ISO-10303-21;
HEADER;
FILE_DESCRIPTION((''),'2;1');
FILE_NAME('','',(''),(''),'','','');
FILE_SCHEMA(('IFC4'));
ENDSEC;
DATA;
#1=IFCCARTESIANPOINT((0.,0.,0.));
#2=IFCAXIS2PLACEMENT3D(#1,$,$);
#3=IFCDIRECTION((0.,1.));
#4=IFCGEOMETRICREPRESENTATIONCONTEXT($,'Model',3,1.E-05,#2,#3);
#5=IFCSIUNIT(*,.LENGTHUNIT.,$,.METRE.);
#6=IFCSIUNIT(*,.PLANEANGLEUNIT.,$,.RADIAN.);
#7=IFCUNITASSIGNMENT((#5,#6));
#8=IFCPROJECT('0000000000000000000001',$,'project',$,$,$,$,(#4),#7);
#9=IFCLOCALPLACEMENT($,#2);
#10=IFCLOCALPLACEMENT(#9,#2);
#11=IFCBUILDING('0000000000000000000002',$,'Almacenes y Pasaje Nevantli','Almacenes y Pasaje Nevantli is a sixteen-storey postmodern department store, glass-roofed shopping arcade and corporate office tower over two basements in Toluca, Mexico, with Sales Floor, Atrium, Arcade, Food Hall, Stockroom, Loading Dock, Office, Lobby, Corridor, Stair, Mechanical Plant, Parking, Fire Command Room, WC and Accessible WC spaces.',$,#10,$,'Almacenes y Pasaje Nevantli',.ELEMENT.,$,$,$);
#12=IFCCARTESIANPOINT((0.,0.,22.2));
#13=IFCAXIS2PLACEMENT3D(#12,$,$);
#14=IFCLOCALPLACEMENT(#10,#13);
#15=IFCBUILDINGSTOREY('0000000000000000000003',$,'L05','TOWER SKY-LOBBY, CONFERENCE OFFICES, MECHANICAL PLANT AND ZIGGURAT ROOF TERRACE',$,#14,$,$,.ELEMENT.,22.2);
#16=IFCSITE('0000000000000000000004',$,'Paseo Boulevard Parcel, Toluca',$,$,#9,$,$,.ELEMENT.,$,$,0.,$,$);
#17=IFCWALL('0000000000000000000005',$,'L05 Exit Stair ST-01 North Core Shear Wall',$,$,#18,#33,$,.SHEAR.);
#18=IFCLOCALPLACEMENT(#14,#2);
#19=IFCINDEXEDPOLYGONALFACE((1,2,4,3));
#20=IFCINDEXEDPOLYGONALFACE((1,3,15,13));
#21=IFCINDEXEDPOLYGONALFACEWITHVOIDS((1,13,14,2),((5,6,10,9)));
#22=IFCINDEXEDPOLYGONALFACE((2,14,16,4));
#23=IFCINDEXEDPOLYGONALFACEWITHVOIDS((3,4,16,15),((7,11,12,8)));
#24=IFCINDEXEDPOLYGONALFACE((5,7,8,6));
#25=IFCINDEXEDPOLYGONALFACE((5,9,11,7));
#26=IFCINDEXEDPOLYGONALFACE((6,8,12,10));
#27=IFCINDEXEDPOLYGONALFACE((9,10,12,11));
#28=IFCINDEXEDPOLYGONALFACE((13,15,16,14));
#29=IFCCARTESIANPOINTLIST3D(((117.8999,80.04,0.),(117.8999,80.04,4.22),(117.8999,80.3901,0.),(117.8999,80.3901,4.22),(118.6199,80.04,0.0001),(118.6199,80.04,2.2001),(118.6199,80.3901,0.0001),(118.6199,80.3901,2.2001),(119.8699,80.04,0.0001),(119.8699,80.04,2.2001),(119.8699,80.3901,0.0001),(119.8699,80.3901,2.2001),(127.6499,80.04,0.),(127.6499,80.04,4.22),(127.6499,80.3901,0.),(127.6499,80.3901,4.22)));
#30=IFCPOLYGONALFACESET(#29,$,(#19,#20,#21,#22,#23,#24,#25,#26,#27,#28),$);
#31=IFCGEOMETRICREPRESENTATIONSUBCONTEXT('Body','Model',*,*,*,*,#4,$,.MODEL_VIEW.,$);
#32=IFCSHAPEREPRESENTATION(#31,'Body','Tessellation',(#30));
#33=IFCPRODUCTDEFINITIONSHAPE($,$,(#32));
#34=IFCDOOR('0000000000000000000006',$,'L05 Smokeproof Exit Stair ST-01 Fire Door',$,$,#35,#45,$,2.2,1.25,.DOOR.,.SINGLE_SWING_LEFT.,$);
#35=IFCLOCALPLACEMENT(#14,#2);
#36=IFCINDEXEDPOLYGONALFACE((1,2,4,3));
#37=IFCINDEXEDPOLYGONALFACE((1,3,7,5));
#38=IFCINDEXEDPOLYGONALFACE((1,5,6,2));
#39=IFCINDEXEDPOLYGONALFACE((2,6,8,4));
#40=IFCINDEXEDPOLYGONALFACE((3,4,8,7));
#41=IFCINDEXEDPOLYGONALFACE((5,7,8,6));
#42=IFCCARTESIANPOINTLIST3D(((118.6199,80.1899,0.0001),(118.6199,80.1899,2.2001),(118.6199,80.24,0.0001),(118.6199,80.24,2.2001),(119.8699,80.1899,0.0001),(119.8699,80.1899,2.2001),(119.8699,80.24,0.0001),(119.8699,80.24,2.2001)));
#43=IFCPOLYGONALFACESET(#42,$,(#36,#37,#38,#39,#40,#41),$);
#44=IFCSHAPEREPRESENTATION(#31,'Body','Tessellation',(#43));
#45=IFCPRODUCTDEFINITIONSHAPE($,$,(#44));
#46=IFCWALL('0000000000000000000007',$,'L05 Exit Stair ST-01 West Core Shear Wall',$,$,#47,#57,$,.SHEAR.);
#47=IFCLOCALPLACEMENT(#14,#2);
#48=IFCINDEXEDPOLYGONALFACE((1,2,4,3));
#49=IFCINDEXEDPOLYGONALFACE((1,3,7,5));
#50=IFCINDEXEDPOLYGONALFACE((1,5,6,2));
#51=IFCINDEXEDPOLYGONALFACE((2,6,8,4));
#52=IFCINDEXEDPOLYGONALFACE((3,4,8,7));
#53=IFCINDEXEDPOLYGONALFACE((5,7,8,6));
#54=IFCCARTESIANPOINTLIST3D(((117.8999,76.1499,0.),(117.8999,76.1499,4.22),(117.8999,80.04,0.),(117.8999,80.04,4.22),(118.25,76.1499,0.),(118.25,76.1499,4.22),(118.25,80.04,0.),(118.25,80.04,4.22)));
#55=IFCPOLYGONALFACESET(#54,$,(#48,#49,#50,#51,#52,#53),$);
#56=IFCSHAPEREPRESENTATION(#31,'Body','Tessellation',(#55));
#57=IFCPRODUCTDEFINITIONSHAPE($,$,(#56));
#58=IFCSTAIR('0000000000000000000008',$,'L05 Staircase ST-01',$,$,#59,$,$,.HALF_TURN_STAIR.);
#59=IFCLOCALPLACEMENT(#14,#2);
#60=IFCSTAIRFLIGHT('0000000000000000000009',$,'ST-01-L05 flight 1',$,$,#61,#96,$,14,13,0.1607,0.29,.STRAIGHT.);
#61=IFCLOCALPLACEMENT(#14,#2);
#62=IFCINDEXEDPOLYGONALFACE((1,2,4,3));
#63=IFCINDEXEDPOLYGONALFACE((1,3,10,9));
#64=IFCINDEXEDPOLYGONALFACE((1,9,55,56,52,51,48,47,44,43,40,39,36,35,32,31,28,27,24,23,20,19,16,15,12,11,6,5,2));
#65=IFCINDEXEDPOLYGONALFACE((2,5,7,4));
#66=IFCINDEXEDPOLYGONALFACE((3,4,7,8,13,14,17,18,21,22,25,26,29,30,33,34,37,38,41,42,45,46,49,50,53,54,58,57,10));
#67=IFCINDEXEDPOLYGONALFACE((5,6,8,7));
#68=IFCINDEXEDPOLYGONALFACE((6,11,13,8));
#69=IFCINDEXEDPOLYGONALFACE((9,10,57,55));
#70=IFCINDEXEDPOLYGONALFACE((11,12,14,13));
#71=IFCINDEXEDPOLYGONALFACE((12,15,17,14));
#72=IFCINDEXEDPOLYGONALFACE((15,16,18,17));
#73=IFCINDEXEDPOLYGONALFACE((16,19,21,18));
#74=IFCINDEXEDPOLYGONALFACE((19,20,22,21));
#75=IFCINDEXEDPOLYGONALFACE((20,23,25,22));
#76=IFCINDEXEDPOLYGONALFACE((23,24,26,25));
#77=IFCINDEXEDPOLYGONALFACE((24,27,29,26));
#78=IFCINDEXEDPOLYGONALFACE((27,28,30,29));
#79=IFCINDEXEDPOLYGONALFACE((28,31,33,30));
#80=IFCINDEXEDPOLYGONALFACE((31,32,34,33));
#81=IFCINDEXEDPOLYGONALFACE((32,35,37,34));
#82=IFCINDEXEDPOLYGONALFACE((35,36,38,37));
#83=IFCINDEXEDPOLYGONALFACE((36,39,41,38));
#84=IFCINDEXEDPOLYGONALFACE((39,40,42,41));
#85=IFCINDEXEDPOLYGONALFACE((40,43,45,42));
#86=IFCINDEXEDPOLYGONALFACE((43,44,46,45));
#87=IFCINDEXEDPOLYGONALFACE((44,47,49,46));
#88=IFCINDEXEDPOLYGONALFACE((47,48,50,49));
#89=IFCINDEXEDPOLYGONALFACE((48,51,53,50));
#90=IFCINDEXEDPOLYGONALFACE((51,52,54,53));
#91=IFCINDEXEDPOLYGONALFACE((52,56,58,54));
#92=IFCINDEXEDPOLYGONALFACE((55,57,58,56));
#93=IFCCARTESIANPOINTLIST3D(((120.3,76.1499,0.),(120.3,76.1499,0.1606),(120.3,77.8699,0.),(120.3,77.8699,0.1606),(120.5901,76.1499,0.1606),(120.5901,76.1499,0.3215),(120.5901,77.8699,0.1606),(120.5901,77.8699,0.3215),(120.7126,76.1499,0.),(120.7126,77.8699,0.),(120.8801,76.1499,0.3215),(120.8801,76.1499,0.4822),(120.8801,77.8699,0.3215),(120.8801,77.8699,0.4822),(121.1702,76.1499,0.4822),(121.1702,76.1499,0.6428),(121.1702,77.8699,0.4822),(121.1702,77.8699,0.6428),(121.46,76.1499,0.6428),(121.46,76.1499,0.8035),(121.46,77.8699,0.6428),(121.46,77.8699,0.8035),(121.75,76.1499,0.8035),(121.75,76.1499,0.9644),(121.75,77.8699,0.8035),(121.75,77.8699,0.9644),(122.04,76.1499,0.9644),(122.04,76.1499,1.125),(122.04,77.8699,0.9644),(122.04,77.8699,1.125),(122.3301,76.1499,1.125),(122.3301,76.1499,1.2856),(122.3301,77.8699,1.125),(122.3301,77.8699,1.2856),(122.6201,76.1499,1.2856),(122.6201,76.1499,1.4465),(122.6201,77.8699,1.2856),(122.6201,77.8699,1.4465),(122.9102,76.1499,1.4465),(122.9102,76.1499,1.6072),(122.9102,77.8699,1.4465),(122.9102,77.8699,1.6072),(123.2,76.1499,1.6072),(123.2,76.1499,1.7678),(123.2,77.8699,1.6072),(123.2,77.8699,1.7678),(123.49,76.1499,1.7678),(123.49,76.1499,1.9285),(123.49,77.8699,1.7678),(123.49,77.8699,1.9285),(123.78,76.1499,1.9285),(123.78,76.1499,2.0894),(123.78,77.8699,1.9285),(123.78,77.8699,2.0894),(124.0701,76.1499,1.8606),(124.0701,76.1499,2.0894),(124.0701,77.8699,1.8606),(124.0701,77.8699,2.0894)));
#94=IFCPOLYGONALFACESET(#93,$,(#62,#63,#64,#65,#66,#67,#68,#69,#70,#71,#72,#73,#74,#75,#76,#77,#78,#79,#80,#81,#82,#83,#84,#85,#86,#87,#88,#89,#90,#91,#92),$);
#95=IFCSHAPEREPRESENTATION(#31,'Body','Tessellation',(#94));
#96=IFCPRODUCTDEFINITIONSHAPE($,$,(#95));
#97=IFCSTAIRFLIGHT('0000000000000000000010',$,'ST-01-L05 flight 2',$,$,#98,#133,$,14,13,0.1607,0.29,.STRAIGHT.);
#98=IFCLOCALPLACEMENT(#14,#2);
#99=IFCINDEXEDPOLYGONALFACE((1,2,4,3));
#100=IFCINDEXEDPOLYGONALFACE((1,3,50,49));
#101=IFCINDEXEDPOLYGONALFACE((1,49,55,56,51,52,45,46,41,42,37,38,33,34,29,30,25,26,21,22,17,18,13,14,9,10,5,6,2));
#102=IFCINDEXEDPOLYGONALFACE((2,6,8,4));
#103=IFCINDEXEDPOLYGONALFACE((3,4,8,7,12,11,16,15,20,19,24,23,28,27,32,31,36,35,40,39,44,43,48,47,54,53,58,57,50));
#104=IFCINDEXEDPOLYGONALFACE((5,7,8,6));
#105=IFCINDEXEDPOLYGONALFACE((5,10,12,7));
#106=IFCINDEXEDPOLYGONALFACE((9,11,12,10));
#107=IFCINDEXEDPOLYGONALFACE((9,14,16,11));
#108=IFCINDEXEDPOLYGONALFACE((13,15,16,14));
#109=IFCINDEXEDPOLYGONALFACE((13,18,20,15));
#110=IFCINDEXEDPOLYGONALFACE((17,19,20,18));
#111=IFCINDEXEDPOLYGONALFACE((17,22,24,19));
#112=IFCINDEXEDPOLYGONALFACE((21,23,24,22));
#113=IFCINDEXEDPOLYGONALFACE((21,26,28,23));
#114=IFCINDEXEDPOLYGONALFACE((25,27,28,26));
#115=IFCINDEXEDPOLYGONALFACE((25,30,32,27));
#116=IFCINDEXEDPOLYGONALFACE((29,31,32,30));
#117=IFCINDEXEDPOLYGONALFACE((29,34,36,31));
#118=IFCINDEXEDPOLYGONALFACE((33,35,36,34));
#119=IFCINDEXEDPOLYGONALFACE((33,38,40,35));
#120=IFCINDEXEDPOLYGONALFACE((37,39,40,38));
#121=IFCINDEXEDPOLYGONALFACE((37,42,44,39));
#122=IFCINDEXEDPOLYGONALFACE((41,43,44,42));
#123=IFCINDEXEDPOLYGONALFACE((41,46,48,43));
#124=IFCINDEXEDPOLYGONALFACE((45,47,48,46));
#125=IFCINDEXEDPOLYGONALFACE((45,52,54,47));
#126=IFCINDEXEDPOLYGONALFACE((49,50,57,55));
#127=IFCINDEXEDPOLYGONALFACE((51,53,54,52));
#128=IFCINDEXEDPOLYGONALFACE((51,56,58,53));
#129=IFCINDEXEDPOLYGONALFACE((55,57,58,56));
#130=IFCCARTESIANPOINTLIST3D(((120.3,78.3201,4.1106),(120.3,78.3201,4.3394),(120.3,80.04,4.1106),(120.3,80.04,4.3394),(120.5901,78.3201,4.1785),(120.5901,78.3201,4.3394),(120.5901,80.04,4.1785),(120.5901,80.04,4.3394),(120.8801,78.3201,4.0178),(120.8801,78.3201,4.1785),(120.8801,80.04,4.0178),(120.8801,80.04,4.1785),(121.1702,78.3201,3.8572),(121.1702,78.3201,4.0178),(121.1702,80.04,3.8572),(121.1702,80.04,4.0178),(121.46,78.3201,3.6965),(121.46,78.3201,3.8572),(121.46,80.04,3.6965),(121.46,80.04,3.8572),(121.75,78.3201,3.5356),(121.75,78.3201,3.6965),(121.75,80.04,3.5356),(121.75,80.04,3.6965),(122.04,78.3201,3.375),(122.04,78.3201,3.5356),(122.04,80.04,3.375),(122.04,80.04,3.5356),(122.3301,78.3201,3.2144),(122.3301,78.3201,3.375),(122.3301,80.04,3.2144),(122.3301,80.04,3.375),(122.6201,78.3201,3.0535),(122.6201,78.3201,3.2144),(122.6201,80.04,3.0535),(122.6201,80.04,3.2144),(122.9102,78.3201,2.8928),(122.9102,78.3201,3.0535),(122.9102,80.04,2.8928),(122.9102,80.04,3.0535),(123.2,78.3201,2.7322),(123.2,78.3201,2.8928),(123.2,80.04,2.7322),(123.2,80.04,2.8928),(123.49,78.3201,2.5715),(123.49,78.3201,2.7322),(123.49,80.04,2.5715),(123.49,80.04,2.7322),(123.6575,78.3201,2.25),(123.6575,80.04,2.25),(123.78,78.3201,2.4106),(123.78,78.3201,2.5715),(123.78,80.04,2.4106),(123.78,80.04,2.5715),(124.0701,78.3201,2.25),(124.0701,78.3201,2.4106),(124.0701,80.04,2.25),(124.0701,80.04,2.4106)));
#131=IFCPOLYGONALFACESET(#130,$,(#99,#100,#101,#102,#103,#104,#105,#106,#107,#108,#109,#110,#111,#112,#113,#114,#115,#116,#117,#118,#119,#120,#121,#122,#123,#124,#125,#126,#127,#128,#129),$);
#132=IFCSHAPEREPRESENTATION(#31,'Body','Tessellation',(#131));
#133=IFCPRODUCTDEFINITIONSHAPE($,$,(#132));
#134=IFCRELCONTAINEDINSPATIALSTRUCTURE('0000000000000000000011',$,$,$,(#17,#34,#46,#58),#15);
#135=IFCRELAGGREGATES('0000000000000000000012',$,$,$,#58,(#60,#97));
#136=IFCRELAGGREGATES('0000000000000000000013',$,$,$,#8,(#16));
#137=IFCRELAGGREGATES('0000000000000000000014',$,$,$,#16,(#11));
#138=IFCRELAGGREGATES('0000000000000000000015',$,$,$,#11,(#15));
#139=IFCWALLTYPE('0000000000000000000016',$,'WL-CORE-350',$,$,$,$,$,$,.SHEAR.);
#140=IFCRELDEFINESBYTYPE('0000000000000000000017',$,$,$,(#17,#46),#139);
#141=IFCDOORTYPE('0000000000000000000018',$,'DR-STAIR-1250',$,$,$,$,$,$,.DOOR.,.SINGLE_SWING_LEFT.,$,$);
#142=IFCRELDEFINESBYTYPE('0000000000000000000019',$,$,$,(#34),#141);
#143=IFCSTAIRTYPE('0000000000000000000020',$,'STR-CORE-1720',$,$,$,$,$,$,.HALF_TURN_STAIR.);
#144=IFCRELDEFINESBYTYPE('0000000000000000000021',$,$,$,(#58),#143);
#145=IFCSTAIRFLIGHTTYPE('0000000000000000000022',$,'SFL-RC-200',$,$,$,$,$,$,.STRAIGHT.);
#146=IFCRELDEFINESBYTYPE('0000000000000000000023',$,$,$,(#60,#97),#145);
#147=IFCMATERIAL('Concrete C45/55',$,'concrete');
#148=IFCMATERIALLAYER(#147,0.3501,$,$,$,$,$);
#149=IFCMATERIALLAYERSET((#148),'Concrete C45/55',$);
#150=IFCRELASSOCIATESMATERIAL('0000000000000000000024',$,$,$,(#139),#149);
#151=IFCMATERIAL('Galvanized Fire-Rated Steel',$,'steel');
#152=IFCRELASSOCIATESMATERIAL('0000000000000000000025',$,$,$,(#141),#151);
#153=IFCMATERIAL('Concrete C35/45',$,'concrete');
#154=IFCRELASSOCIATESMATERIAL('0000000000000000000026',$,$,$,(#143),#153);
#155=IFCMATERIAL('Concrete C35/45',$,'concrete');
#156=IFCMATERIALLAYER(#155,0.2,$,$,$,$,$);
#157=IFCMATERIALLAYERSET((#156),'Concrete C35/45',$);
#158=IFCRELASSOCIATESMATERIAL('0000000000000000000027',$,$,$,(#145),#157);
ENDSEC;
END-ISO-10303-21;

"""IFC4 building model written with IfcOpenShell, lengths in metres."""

from ifc_helpers import new_model, si_unit, direction, frame, frame_2d, origin, place, context, subcontext, project, spatial, polyline, rectangle, outline, extrude, material, layer, layer_set, type_object, element, fill, aggregate, save


model = new_model("IFC4")

# Units and contexts
model_context = context("Model", 3, precision=1e-05, world=origin(), true_north=direction((0.0, 1.0)))
body_context = subcontext(model_context, "Body", "Model", "MODEL_VIEW")
ifc_project = project(units=[si_unit("LENGTHUNIT", "METRE"), si_unit("PLANEANGLEUNIT", "RADIAN")], contexts=[model_context])

# Site, building, storey
site_placement = place(None, origin())
site = spatial("IfcSite", under=ifc_project, at=site_placement, Name="Paseo Boulevard Parcel, Toluca", CompositionType="ELEMENT", RefElevation=0.0)
building_placement = place(site_placement, origin())
building = spatial("IfcBuilding", under=site, at=building_placement, Name="Almacenes y Pasaje Nevantli", Description="Almacenes y Pasaje Nevantli is a sixteen-storey postmodern department store, glass-roofed shopping arcade and corporate office tower over two basements in Toluca, Mexico, with Sales Floor, Atrium, Arcade, Food Hall, Stockroom, Loading Dock, Office, Lobby, Corridor, Stair, Mechanical Plant, Parking, Fire Command Room, WC and Accessible WC spaces.", LongName="Almacenes y Pasaje Nevantli", CompositionType="ELEMENT")
storey_placement = place(building_placement, frame((0.0, 0.0, 22.2)))
storey = spatial("IfcBuildingStorey", under=building, at=storey_placement, Name="L05", Description="TOWER SKY-LOBBY, CONFERENCE OFFICES, MECHANICAL PLANT AND ZIGGURAT ROOF TERRACE", CompositionType="ELEMENT", Elevation=22.2)

# Shared definitions
ifc_material_1 = material(Name="Concrete C45/55", Category="concrete")
ifc_layer_1 = layer(ifc_material_1, 0.3501)
ifc_layer_set_1 = layer_set([ifc_layer_1], Name="Concrete C45/55")
wall_type = type_object("IfcWallType", Name="WL-CORE-350", PredefinedType="SHEAR", material=ifc_layer_set_1)

# Wall, opening, door
wall_1_placement = place(storey_placement, frame((117.8999, 80.2151, 0.0), z_axis=(0.0, 0.0, 1.0), x_axis=(1.0, 0.0, 0.0)))
wall_1 = element("IfcWall", 1, at=wall_1_placement, inside=storey, type_object=wall_type, Name="L05 Exit Stair ST-01 North Core Shear Wall", PredefinedType="SHEAR", context=body_context, shape_type="SweptSolid", body=[
    extrude(rectangle(XDim=9.75, YDim=0.3501, at=frame_2d((4.875, 0.0))), origin(), (0.0, 0.0, 1.0), 4.22),
])
opening_placement = place(wall_1_placement, frame((0.72, 0.0, 0.0)))
opening = element("IfcOpeningElement", 2, at=opening_placement, cuts=wall_1, PredefinedType="OPENING", context=body_context, shape_type="SweptSolid", body=[
    extrude(rectangle(XDim=1.25, YDim=2.2, at=frame_2d((0.625, 1.1001))), frame((0.0, 0.1851, 0.0), z_axis=(0.0, -1.0, 0.0), x_axis=(1.0, 0.0, 0.0)), (0.0, 0.0, 1.0), 0.3701),
])
ifc_material_2 = material(Name="Galvanized Fire-Rated Steel", Category="steel")
door_type = type_object("IfcDoorType", Name="DR-STAIR-1250", OperationType="SINGLE_SWING_LEFT", PredefinedType="DOOR", material=ifc_material_2)
door_placement = place(opening_placement, origin())
door = element("IfcDoor", 3, at=door_placement, inside=storey, type_object=door_type, Name="L05 Smokeproof Exit Stair ST-01 Fire Door", OperationType="SINGLE_SWING_LEFT", OverallHeight=2.2, OverallWidth=1.25, PredefinedType="DOOR", context=body_context, shape_type="SweptSolid", body=[
    extrude(rectangle(XDim=1.25, YDim=2.2, at=frame_2d((0.625, 1.1001))), frame((0.0, 0.0249, 0.0), z_axis=(0.0, -1.0, 0.0), x_axis=(1.0, 0.0, 0.0)), (0.0, 0.0, 1.0), 0.05),
])
fill(opening, door)

# Wall
wall_2_placement = place(storey_placement, frame((118.075, 76.1499, 0.0), z_axis=(0.0, 0.0, 1.0), x_axis=(0.0, 1.0, 0.0)))
element("IfcWall", 4, at=wall_2_placement, inside=storey, type_object=wall_type, Name="L05 Exit Stair ST-01 West Core Shear Wall", PredefinedType="SHEAR", context=body_context, shape_type="SweptSolid", body=[
    extrude(rectangle(XDim=3.8901, YDim=0.3501, at=frame_2d((1.9451, 0.0))), origin(), (0.0, 0.0, 1.0), 4.22),
])

# Stair, stair flights
ifc_material_3 = material(Name="Concrete C35/45", Category="concrete")
stair_type = type_object("IfcStairType", Name="STR-CORE-1720", PredefinedType="HALF_TURN_STAIR", material=ifc_material_3)
stair_placement = place(storey_placement, origin())
stair = element("IfcStair", 5, at=stair_placement, inside=storey, type_object=stair_type, Name="L05 Staircase ST-01", PredefinedType="HALF_TURN_STAIR")
ifc_material_4 = material(Name="Concrete C35/45", Category="concrete")
ifc_layer_2 = layer(ifc_material_4, 0.2)
ifc_layer_set_2 = layer_set([ifc_layer_2], Name="Concrete C35/45")
stair_flight_type = type_object("IfcStairFlightType", Name="SFL-RC-200", PredefinedType="STRAIGHT", material=ifc_layer_set_2)
stair_flight_1_placement = place(storey_placement, frame((120.3, 77.01, 0.0), z_axis=(0.0, 0.0, 1.0), x_axis=(1.0, 0.0, 0.0)))
stair_flight_1 = element("IfcStairFlight", 6, at=stair_flight_1_placement, type_object=stair_flight_type, Name="ST-01-L05 flight 1", NumberOfRisers=14, NumberOfTreads=13, PredefinedType="STRAIGHT", RiserHeight=0.1607, TreadLength=0.29, context=body_context, shape_type="SweptSolid", body=[
    extrude(outline(polyline([(0.0, 0.0), (0.0, 0.1606), (0.29, 0.1606), (0.29, 0.3215), (0.5801, 0.3215), (0.5801, 0.4822), (0.8701, 0.4822), (0.8701, 0.6428), (1.1599, 0.6428), (1.1599, 0.8035), (1.45, 0.8035), (1.45, 0.9644), (1.74, 0.9644), (1.74, 1.125), (2.03, 1.125), (2.03, 1.2856), (2.3201, 1.2856), (2.3201, 1.4465), (2.6101, 1.4465), (2.6101, 1.6072), (2.8999, 1.6072), (2.8999, 1.7678), (3.1899, 1.7678), (3.1899, 1.9285), (3.48, 1.9285), (3.48, 2.0894), (3.77, 2.0894), (3.77, 2.25), (3.77, 1.8606), (0.4126, 0.0), (0.0, 0.0)])), frame((0.0, 0.8599, 0.0), z_axis=(0.0, -1.0, 0.0), x_axis=(1.0, 0.0, 0.0)), (0.0, 0.0, 1.0), 1.72),
])
stair_flight_2_placement = place(storey_placement, frame((124.0701, 79.1799, 2.25), z_axis=(0.0, 0.0, 1.0), x_axis=(-1.0, 0.0, 0.0)))
stair_flight_2 = element("IfcStairFlight", 7, at=stair_flight_2_placement, type_object=stair_flight_type, Name="ST-01-L05 flight 2", NumberOfRisers=14, NumberOfTreads=13, PredefinedType="STRAIGHT", RiserHeight=0.1607, TreadLength=0.29, context=body_context, shape_type="SweptSolid", body=[
    extrude(outline(polyline([(0.0, 0.0), (0.0, 0.1606), (0.29, 0.1606), (0.29, 0.3215), (0.5801, 0.3215), (0.5801, 0.4822), (0.8701, 0.4822), (0.8701, 0.6428), (1.1599, 0.6428), (1.1599, 0.8035), (1.45, 0.8035), (1.45, 0.9644), (1.74, 0.9644), (1.74, 1.125), (2.03, 1.125), (2.03, 1.2856), (2.3201, 1.2856), (2.3201, 1.4465), (2.6101, 1.4465), (2.6101, 1.6072), (2.8999, 1.6072), (2.8999, 1.7678), (3.1899, 1.7678), (3.1899, 1.9285), (3.48, 1.9285), (3.48, 2.0894), (3.77, 2.0894), (3.77, 2.25), (3.77, 1.8606), (0.4126, 0.0), (0.0, 0.0)])), frame((0.0, 0.8599, 0.0), z_axis=(0.0, -1.0, 0.0), x_axis=(1.0, 0.0, 0.0)), (0.0, 0.0, 1.0), 1.72),
])
aggregate(stair, [stair_flight_1, stair_flight_2])

save(model, "model.ifc")
